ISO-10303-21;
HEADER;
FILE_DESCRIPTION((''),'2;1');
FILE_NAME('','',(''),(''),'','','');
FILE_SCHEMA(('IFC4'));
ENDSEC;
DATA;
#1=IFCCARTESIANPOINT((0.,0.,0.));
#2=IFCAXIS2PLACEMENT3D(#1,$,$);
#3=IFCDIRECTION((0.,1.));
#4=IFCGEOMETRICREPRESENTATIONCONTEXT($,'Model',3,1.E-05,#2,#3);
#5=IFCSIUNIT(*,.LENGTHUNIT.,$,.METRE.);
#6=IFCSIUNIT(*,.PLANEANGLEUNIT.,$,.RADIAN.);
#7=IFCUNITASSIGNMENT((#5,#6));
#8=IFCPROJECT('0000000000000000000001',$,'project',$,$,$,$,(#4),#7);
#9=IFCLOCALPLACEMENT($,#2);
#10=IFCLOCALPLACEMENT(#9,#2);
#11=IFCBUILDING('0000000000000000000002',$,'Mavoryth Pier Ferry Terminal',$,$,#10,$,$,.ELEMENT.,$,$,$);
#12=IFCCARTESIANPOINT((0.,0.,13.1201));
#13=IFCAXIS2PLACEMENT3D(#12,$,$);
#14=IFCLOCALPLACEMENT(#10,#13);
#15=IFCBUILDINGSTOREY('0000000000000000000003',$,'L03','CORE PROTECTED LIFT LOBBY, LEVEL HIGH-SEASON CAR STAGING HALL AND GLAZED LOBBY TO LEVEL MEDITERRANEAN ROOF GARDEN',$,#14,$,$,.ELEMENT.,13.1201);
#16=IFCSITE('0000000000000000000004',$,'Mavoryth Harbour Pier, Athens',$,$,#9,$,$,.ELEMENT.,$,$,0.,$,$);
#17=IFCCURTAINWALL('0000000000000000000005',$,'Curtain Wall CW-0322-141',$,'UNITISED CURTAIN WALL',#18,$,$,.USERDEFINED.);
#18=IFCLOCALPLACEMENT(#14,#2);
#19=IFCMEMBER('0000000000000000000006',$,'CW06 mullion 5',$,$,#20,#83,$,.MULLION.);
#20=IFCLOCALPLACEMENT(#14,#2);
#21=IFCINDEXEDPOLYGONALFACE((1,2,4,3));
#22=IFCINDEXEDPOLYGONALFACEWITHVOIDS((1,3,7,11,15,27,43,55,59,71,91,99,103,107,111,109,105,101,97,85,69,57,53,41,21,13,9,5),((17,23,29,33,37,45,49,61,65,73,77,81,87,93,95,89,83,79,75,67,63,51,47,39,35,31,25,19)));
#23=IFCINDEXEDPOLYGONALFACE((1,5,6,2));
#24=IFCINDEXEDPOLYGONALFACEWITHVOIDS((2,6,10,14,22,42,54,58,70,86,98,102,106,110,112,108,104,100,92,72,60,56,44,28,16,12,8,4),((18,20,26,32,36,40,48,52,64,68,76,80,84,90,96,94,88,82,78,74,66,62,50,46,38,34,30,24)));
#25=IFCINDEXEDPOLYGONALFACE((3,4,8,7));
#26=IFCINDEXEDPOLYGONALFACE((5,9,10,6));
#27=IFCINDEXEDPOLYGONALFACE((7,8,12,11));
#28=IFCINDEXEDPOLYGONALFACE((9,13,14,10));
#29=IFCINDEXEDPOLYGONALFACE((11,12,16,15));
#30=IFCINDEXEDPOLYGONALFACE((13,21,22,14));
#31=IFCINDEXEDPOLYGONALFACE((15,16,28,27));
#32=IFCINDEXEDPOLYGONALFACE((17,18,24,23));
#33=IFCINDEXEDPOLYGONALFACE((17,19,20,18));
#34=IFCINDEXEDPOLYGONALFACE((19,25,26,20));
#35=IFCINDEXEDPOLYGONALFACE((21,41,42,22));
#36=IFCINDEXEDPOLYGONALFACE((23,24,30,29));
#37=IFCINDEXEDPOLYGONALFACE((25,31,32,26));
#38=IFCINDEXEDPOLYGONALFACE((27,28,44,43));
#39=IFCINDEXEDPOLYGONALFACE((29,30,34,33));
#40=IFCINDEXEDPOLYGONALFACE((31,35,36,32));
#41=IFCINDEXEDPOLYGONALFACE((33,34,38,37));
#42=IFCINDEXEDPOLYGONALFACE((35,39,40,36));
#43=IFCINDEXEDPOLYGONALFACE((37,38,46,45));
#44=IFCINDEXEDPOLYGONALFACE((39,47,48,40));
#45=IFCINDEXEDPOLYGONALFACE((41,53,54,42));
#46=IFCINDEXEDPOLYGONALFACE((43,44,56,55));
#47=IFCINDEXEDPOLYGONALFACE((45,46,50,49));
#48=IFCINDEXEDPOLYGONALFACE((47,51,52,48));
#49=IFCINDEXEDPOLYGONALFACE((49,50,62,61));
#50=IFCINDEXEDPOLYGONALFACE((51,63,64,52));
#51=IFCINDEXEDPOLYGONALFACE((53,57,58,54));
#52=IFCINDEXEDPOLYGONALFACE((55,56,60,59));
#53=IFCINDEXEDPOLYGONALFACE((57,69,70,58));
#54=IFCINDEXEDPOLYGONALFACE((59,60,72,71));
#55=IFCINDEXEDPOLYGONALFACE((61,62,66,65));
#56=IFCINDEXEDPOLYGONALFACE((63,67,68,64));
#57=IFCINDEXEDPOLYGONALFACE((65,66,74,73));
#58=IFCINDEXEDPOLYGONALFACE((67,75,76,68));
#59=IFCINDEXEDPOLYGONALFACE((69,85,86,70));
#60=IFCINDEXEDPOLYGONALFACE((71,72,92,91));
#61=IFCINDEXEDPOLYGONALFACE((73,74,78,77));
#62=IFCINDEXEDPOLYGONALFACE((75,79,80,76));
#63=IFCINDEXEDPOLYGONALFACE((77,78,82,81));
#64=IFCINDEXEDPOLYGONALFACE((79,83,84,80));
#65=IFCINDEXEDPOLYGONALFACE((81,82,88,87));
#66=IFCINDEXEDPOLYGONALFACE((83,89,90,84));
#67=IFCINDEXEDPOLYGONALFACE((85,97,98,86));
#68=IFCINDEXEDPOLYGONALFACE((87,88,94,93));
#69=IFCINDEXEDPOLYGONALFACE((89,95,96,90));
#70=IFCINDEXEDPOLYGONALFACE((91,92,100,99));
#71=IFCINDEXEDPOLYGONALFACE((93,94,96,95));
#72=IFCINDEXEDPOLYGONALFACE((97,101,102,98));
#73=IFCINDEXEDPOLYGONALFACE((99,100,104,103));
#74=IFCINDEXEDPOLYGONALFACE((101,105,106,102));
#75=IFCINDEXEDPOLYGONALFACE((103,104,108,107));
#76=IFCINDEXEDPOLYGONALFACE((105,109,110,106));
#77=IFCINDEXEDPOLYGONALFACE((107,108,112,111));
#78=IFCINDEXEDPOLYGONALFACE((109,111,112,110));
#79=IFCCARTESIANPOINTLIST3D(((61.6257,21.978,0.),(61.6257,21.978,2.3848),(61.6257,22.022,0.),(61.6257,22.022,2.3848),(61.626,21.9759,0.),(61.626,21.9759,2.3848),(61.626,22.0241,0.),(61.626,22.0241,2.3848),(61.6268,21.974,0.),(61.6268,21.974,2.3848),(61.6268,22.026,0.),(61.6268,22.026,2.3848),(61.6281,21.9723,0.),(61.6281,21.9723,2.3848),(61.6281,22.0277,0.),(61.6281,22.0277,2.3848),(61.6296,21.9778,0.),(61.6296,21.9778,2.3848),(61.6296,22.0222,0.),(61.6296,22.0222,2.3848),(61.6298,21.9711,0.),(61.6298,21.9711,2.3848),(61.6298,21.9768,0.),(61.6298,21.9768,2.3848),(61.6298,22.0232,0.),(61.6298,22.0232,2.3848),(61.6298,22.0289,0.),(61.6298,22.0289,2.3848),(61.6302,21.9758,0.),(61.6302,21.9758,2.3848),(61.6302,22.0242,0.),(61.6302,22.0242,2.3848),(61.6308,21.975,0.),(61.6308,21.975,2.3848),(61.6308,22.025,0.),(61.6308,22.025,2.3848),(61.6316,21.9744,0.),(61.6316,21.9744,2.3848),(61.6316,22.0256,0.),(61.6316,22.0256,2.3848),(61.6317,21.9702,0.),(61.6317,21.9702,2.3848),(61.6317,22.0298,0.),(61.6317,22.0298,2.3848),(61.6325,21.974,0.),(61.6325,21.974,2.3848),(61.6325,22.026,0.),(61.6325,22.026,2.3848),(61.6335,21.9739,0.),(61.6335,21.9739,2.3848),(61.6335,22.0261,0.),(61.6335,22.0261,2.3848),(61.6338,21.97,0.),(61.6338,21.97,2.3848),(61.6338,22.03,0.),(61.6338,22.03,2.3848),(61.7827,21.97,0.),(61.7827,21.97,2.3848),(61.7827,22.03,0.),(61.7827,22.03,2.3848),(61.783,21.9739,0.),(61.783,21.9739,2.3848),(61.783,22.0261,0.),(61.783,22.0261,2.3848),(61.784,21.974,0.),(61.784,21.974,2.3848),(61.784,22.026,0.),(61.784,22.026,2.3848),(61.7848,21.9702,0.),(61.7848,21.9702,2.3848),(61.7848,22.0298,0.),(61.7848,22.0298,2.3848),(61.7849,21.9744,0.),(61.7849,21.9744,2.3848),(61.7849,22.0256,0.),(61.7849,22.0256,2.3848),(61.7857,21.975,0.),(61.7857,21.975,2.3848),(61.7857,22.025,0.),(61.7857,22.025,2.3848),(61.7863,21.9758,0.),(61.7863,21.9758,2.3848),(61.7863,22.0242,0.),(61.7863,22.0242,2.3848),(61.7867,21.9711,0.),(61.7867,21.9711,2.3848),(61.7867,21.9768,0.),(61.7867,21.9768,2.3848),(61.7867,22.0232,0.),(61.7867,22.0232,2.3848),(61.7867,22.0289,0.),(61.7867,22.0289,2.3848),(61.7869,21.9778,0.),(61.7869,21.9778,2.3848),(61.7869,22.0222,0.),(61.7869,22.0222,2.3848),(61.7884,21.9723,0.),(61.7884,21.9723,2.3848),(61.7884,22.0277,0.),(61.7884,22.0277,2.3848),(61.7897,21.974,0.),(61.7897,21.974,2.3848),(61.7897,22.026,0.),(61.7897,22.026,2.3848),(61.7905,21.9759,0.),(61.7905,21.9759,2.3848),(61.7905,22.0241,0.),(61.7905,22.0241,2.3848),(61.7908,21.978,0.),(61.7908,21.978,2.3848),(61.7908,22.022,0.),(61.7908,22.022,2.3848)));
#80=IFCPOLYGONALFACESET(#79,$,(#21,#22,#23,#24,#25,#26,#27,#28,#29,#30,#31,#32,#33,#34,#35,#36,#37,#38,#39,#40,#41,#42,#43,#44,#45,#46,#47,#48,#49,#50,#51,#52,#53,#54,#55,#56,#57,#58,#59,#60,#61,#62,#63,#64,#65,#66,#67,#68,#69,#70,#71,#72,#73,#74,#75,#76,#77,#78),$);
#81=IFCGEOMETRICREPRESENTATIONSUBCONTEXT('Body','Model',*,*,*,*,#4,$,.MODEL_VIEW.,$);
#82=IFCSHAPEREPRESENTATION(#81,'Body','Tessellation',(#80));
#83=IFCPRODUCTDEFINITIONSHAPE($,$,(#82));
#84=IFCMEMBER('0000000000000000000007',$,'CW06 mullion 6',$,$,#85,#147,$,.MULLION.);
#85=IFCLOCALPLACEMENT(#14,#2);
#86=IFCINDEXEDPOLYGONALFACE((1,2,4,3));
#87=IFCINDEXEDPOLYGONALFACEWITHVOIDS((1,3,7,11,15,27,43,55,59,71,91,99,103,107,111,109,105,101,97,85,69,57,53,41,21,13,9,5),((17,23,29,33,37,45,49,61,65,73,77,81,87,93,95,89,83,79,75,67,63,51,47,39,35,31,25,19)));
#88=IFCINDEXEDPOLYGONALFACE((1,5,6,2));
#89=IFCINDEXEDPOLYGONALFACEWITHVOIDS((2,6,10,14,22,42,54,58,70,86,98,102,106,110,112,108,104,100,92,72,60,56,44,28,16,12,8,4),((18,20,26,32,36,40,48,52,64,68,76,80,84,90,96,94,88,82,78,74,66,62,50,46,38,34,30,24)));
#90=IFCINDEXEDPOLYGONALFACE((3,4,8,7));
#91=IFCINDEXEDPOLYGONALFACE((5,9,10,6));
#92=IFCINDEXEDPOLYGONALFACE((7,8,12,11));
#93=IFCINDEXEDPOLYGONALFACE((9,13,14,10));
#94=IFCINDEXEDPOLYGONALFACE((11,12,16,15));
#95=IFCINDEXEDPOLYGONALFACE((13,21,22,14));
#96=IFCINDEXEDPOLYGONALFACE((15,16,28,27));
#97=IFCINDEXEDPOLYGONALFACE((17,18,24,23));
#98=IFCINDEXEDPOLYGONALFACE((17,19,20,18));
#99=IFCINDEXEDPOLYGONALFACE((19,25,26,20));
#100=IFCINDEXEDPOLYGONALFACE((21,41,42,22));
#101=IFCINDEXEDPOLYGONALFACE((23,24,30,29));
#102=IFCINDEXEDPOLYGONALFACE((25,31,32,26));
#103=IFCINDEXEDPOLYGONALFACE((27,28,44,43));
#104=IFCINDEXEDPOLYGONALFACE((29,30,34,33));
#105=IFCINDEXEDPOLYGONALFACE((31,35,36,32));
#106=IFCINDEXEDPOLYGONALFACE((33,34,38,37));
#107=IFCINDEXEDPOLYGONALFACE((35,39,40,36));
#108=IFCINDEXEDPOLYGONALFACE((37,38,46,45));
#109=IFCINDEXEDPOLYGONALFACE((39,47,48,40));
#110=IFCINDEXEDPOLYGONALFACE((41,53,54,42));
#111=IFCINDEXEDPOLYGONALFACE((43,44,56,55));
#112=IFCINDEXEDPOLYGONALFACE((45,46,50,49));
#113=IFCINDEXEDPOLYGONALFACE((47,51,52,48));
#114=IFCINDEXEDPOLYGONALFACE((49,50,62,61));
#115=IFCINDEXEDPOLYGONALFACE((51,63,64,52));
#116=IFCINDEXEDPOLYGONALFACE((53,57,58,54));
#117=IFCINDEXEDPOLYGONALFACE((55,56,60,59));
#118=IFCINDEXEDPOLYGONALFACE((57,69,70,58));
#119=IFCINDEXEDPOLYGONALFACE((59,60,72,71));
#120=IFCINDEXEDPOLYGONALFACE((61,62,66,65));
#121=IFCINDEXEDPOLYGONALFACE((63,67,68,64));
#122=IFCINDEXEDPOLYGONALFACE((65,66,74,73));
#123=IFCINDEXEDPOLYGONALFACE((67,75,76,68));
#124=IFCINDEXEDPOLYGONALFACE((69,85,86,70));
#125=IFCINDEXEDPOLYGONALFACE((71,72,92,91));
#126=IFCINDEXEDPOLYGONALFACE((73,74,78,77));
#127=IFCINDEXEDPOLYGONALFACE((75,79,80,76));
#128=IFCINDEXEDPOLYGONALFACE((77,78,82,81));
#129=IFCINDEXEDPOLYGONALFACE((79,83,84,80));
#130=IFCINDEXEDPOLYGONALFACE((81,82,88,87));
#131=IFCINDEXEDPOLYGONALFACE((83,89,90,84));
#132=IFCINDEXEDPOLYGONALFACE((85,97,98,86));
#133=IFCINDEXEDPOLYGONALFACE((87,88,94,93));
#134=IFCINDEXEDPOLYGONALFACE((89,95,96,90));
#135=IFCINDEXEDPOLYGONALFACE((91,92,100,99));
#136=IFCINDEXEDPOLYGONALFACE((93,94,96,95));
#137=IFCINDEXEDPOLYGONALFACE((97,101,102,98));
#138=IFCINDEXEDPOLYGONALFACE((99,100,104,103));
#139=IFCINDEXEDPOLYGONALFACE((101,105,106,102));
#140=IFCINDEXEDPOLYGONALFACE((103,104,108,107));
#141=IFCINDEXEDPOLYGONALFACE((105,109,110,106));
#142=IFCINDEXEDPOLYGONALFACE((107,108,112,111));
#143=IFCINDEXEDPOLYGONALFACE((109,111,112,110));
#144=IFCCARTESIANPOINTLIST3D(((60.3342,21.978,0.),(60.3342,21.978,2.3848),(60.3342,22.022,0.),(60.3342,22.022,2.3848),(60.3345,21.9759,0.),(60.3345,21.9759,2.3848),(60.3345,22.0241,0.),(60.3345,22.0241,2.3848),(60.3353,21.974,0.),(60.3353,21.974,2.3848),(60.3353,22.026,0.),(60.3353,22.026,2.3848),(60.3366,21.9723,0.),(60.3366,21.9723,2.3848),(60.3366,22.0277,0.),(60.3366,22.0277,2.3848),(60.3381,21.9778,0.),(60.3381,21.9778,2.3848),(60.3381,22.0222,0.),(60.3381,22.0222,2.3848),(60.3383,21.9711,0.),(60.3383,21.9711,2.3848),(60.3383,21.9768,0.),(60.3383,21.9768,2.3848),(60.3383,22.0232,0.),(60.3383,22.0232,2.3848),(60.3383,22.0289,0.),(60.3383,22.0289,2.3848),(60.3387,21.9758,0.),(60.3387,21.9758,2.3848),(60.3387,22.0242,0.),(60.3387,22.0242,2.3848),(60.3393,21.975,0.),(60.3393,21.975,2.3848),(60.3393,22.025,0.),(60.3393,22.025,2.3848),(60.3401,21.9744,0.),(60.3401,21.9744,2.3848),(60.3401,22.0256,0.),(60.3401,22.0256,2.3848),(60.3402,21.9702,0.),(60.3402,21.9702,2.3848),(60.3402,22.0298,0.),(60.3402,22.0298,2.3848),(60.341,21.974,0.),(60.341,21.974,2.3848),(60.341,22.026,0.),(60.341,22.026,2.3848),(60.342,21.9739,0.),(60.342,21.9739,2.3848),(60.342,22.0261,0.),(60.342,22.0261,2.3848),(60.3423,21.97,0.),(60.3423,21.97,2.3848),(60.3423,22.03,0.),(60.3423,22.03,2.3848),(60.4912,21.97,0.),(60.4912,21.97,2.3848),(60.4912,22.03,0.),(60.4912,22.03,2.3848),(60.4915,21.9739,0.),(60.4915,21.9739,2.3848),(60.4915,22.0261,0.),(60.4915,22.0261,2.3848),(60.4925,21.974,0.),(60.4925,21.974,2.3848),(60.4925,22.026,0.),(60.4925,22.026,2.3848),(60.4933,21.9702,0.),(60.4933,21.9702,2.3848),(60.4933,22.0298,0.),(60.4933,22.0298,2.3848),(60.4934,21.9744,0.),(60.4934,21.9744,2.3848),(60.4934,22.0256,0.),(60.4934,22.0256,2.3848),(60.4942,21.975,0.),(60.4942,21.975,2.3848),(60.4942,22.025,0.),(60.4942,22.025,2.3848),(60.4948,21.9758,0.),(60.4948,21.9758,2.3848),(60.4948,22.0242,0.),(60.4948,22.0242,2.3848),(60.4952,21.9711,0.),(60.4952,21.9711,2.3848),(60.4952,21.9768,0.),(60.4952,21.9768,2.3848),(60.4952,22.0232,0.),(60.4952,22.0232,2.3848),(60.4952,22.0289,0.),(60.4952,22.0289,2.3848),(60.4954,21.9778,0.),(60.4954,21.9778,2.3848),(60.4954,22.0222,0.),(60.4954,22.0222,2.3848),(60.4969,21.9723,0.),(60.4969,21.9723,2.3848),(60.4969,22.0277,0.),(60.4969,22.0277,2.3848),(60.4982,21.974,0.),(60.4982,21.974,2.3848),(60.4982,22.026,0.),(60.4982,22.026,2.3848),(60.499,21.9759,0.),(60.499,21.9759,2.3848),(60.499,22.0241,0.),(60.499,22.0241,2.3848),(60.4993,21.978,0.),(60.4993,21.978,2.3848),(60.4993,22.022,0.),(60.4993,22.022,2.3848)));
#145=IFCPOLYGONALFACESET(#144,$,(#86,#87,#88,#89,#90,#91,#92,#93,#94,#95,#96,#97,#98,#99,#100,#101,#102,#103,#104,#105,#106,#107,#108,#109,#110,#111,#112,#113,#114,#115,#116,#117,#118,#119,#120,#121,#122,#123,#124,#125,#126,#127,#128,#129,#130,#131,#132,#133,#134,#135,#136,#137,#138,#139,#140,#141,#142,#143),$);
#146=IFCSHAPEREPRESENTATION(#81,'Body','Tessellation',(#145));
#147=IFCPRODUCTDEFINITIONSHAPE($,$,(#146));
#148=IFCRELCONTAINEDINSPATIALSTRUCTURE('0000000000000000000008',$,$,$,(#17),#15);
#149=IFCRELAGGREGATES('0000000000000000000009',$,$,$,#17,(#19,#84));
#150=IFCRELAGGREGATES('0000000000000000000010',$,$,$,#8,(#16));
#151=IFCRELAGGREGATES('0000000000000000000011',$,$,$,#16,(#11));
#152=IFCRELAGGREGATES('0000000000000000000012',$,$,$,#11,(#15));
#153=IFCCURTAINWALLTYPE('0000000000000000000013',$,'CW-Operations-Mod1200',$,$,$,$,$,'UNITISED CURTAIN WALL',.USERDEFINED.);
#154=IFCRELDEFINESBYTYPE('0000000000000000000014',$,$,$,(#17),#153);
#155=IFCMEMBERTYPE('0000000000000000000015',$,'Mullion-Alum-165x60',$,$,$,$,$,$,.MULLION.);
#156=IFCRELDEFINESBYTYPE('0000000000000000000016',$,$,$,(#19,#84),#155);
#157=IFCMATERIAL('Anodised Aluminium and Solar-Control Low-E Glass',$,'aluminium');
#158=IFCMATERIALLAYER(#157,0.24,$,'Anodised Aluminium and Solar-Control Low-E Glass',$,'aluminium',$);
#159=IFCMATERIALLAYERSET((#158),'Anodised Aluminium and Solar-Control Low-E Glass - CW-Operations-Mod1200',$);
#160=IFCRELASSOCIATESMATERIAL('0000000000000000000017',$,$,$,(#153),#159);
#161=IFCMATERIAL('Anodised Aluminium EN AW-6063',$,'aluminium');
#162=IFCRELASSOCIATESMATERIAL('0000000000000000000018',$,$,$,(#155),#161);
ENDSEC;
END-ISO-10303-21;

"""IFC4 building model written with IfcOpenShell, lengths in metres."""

from ifc_helpers import new_model, si_unit, direction, frame, origin, origin_2d, place, context, subcontext, project, spatial, hollow_rectangle, extrude, material, layer, layer_set, material_profile, profile_set, type_object, element, aggregate, save


model = new_model("IFC4")

# Units and contexts
model_context = context("Model", 3, precision=1e-05, world=origin(), true_north=direction((0.0, 1.0)))
body_context = subcontext(model_context, "Body", "Model", "MODEL_VIEW")
ifc_project = project(units=[si_unit("LENGTHUNIT", "METRE"), si_unit("PLANEANGLEUNIT", "RADIAN")], contexts=[model_context])

# Site, building, storey
site_placement = place(None, origin())
site = spatial("IfcSite", under=ifc_project, at=site_placement, Name="Mavoryth Harbour Pier, Athens", CompositionType="ELEMENT", RefElevation=0.0)
building_placement = place(site_placement, origin())
building = spatial("IfcBuilding", under=site, at=building_placement, Name="Mavoryth Pier Ferry Terminal", CompositionType="ELEMENT")
storey_placement = place(building_placement, frame((0.0, 0.0, 13.1201)))
storey = spatial("IfcBuildingStorey", under=building, at=storey_placement, Name="L03", Description="CORE PROTECTED LIFT LOBBY, LEVEL HIGH-SEASON CAR STAGING HALL AND GLAZED LOBBY TO LEVEL MEDITERRANEAN ROOF GARDEN", CompositionType="ELEMENT", Elevation=13.1201)

# Shared definitions
ifc_material_1 = material(Name="Anodised Aluminium and Solar-Control Low-E Glass", Category="aluminium")
ifc_layer_1 = layer(ifc_material_1, 0.24, Name="Anodised Aluminium and Solar-Control Low-E Glass", Category="aluminium")
ifc_layer_set_1 = layer_set([ifc_layer_1], Name="Anodised Aluminium and Solar-Control Low-E Glass - CW-Operations-Mod1200")
curtain_wall_type = type_object("IfcCurtainWallType", Name="CW-Operations-Mod1200", ElementType="UNITISED CURTAIN WALL", PredefinedType="USERDEFINED", material=ifc_layer_set_1)
ifc_material_2 = material(Name="Anodised Aluminium EN AW-6063", Category="aluminium")
ifc_material_profile_1 = material_profile(ifc_material_2, hollow_rectangle(XDim=0.0601, YDim=0.165, WallThickness=0.0039, InnerFilletRadius=0.0039, OuterFilletRadius=0.0081, at=origin_2d()), Name="AL-MULL 165x60x4", Category="aluminium")
ifc_profile_set_1 = profile_set([ifc_material_profile_1], Name="Anodised Aluminium EN AW-6063 - AL-MULL 165x60x4")
member_type_1 = type_object("IfcMemberType", Name="Mullion-Alum-165x60", PredefinedType="MULLION", material=ifc_profile_set_1)

# Curtain wall, members
curtain_wall_1_placement = place(storey_placement, origin())
curtain_wall_1 = element("IfcCurtainWall", 1, at=curtain_wall_1_placement, inside=storey, type_object=curtain_wall_type, Name="Curtain Wall CW-0322-141", ObjectType="UNITISED CURTAIN WALL", PredefinedType="USERDEFINED")
member_1_placement = place(storey_placement, frame((61.7083, 22.0, 0.0), z_axis=(0.0, 0.0, 1.0), x_axis=(0.0, -1.0, 0.0)))
member_1 = element("IfcMember", 2, at=member_1_placement, type_object=member_type_1, Name="CW06 mullion 5", PredefinedType="MULLION", context=body_context, shape_type="SweptSolid", body=[
    extrude(hollow_rectangle(XDim=0.0601, YDim=0.165, WallThickness=0.0039, InnerFilletRadius=0.0039, OuterFilletRadius=0.0081, at=origin_2d()), origin(), (0.0, 0.0, 1.0), 2.3848),
])
member_2_placement = place(storey_placement, frame((60.4167, 22.0, 0.0), z_axis=(0.0, 0.0, 1.0), x_axis=(0.0, -1.0, 0.0)))
member_2 = element("IfcMember", 3, at=member_2_placement, type_object=member_type_1, Name="CW06 mullion 6", PredefinedType="MULLION", context=body_context, shape_type="SweptSolid", body=[
    extrude(hollow_rectangle(XDim=0.0601, YDim=0.165, WallThickness=0.0039, InnerFilletRadius=0.0039, OuterFilletRadius=0.0081, at=origin_2d()), origin(), (0.0, 0.0, 1.0), 2.3848),
])

aggregate(curtain_wall_1, [member_1, member_2])

save(model, "model.ifc")
